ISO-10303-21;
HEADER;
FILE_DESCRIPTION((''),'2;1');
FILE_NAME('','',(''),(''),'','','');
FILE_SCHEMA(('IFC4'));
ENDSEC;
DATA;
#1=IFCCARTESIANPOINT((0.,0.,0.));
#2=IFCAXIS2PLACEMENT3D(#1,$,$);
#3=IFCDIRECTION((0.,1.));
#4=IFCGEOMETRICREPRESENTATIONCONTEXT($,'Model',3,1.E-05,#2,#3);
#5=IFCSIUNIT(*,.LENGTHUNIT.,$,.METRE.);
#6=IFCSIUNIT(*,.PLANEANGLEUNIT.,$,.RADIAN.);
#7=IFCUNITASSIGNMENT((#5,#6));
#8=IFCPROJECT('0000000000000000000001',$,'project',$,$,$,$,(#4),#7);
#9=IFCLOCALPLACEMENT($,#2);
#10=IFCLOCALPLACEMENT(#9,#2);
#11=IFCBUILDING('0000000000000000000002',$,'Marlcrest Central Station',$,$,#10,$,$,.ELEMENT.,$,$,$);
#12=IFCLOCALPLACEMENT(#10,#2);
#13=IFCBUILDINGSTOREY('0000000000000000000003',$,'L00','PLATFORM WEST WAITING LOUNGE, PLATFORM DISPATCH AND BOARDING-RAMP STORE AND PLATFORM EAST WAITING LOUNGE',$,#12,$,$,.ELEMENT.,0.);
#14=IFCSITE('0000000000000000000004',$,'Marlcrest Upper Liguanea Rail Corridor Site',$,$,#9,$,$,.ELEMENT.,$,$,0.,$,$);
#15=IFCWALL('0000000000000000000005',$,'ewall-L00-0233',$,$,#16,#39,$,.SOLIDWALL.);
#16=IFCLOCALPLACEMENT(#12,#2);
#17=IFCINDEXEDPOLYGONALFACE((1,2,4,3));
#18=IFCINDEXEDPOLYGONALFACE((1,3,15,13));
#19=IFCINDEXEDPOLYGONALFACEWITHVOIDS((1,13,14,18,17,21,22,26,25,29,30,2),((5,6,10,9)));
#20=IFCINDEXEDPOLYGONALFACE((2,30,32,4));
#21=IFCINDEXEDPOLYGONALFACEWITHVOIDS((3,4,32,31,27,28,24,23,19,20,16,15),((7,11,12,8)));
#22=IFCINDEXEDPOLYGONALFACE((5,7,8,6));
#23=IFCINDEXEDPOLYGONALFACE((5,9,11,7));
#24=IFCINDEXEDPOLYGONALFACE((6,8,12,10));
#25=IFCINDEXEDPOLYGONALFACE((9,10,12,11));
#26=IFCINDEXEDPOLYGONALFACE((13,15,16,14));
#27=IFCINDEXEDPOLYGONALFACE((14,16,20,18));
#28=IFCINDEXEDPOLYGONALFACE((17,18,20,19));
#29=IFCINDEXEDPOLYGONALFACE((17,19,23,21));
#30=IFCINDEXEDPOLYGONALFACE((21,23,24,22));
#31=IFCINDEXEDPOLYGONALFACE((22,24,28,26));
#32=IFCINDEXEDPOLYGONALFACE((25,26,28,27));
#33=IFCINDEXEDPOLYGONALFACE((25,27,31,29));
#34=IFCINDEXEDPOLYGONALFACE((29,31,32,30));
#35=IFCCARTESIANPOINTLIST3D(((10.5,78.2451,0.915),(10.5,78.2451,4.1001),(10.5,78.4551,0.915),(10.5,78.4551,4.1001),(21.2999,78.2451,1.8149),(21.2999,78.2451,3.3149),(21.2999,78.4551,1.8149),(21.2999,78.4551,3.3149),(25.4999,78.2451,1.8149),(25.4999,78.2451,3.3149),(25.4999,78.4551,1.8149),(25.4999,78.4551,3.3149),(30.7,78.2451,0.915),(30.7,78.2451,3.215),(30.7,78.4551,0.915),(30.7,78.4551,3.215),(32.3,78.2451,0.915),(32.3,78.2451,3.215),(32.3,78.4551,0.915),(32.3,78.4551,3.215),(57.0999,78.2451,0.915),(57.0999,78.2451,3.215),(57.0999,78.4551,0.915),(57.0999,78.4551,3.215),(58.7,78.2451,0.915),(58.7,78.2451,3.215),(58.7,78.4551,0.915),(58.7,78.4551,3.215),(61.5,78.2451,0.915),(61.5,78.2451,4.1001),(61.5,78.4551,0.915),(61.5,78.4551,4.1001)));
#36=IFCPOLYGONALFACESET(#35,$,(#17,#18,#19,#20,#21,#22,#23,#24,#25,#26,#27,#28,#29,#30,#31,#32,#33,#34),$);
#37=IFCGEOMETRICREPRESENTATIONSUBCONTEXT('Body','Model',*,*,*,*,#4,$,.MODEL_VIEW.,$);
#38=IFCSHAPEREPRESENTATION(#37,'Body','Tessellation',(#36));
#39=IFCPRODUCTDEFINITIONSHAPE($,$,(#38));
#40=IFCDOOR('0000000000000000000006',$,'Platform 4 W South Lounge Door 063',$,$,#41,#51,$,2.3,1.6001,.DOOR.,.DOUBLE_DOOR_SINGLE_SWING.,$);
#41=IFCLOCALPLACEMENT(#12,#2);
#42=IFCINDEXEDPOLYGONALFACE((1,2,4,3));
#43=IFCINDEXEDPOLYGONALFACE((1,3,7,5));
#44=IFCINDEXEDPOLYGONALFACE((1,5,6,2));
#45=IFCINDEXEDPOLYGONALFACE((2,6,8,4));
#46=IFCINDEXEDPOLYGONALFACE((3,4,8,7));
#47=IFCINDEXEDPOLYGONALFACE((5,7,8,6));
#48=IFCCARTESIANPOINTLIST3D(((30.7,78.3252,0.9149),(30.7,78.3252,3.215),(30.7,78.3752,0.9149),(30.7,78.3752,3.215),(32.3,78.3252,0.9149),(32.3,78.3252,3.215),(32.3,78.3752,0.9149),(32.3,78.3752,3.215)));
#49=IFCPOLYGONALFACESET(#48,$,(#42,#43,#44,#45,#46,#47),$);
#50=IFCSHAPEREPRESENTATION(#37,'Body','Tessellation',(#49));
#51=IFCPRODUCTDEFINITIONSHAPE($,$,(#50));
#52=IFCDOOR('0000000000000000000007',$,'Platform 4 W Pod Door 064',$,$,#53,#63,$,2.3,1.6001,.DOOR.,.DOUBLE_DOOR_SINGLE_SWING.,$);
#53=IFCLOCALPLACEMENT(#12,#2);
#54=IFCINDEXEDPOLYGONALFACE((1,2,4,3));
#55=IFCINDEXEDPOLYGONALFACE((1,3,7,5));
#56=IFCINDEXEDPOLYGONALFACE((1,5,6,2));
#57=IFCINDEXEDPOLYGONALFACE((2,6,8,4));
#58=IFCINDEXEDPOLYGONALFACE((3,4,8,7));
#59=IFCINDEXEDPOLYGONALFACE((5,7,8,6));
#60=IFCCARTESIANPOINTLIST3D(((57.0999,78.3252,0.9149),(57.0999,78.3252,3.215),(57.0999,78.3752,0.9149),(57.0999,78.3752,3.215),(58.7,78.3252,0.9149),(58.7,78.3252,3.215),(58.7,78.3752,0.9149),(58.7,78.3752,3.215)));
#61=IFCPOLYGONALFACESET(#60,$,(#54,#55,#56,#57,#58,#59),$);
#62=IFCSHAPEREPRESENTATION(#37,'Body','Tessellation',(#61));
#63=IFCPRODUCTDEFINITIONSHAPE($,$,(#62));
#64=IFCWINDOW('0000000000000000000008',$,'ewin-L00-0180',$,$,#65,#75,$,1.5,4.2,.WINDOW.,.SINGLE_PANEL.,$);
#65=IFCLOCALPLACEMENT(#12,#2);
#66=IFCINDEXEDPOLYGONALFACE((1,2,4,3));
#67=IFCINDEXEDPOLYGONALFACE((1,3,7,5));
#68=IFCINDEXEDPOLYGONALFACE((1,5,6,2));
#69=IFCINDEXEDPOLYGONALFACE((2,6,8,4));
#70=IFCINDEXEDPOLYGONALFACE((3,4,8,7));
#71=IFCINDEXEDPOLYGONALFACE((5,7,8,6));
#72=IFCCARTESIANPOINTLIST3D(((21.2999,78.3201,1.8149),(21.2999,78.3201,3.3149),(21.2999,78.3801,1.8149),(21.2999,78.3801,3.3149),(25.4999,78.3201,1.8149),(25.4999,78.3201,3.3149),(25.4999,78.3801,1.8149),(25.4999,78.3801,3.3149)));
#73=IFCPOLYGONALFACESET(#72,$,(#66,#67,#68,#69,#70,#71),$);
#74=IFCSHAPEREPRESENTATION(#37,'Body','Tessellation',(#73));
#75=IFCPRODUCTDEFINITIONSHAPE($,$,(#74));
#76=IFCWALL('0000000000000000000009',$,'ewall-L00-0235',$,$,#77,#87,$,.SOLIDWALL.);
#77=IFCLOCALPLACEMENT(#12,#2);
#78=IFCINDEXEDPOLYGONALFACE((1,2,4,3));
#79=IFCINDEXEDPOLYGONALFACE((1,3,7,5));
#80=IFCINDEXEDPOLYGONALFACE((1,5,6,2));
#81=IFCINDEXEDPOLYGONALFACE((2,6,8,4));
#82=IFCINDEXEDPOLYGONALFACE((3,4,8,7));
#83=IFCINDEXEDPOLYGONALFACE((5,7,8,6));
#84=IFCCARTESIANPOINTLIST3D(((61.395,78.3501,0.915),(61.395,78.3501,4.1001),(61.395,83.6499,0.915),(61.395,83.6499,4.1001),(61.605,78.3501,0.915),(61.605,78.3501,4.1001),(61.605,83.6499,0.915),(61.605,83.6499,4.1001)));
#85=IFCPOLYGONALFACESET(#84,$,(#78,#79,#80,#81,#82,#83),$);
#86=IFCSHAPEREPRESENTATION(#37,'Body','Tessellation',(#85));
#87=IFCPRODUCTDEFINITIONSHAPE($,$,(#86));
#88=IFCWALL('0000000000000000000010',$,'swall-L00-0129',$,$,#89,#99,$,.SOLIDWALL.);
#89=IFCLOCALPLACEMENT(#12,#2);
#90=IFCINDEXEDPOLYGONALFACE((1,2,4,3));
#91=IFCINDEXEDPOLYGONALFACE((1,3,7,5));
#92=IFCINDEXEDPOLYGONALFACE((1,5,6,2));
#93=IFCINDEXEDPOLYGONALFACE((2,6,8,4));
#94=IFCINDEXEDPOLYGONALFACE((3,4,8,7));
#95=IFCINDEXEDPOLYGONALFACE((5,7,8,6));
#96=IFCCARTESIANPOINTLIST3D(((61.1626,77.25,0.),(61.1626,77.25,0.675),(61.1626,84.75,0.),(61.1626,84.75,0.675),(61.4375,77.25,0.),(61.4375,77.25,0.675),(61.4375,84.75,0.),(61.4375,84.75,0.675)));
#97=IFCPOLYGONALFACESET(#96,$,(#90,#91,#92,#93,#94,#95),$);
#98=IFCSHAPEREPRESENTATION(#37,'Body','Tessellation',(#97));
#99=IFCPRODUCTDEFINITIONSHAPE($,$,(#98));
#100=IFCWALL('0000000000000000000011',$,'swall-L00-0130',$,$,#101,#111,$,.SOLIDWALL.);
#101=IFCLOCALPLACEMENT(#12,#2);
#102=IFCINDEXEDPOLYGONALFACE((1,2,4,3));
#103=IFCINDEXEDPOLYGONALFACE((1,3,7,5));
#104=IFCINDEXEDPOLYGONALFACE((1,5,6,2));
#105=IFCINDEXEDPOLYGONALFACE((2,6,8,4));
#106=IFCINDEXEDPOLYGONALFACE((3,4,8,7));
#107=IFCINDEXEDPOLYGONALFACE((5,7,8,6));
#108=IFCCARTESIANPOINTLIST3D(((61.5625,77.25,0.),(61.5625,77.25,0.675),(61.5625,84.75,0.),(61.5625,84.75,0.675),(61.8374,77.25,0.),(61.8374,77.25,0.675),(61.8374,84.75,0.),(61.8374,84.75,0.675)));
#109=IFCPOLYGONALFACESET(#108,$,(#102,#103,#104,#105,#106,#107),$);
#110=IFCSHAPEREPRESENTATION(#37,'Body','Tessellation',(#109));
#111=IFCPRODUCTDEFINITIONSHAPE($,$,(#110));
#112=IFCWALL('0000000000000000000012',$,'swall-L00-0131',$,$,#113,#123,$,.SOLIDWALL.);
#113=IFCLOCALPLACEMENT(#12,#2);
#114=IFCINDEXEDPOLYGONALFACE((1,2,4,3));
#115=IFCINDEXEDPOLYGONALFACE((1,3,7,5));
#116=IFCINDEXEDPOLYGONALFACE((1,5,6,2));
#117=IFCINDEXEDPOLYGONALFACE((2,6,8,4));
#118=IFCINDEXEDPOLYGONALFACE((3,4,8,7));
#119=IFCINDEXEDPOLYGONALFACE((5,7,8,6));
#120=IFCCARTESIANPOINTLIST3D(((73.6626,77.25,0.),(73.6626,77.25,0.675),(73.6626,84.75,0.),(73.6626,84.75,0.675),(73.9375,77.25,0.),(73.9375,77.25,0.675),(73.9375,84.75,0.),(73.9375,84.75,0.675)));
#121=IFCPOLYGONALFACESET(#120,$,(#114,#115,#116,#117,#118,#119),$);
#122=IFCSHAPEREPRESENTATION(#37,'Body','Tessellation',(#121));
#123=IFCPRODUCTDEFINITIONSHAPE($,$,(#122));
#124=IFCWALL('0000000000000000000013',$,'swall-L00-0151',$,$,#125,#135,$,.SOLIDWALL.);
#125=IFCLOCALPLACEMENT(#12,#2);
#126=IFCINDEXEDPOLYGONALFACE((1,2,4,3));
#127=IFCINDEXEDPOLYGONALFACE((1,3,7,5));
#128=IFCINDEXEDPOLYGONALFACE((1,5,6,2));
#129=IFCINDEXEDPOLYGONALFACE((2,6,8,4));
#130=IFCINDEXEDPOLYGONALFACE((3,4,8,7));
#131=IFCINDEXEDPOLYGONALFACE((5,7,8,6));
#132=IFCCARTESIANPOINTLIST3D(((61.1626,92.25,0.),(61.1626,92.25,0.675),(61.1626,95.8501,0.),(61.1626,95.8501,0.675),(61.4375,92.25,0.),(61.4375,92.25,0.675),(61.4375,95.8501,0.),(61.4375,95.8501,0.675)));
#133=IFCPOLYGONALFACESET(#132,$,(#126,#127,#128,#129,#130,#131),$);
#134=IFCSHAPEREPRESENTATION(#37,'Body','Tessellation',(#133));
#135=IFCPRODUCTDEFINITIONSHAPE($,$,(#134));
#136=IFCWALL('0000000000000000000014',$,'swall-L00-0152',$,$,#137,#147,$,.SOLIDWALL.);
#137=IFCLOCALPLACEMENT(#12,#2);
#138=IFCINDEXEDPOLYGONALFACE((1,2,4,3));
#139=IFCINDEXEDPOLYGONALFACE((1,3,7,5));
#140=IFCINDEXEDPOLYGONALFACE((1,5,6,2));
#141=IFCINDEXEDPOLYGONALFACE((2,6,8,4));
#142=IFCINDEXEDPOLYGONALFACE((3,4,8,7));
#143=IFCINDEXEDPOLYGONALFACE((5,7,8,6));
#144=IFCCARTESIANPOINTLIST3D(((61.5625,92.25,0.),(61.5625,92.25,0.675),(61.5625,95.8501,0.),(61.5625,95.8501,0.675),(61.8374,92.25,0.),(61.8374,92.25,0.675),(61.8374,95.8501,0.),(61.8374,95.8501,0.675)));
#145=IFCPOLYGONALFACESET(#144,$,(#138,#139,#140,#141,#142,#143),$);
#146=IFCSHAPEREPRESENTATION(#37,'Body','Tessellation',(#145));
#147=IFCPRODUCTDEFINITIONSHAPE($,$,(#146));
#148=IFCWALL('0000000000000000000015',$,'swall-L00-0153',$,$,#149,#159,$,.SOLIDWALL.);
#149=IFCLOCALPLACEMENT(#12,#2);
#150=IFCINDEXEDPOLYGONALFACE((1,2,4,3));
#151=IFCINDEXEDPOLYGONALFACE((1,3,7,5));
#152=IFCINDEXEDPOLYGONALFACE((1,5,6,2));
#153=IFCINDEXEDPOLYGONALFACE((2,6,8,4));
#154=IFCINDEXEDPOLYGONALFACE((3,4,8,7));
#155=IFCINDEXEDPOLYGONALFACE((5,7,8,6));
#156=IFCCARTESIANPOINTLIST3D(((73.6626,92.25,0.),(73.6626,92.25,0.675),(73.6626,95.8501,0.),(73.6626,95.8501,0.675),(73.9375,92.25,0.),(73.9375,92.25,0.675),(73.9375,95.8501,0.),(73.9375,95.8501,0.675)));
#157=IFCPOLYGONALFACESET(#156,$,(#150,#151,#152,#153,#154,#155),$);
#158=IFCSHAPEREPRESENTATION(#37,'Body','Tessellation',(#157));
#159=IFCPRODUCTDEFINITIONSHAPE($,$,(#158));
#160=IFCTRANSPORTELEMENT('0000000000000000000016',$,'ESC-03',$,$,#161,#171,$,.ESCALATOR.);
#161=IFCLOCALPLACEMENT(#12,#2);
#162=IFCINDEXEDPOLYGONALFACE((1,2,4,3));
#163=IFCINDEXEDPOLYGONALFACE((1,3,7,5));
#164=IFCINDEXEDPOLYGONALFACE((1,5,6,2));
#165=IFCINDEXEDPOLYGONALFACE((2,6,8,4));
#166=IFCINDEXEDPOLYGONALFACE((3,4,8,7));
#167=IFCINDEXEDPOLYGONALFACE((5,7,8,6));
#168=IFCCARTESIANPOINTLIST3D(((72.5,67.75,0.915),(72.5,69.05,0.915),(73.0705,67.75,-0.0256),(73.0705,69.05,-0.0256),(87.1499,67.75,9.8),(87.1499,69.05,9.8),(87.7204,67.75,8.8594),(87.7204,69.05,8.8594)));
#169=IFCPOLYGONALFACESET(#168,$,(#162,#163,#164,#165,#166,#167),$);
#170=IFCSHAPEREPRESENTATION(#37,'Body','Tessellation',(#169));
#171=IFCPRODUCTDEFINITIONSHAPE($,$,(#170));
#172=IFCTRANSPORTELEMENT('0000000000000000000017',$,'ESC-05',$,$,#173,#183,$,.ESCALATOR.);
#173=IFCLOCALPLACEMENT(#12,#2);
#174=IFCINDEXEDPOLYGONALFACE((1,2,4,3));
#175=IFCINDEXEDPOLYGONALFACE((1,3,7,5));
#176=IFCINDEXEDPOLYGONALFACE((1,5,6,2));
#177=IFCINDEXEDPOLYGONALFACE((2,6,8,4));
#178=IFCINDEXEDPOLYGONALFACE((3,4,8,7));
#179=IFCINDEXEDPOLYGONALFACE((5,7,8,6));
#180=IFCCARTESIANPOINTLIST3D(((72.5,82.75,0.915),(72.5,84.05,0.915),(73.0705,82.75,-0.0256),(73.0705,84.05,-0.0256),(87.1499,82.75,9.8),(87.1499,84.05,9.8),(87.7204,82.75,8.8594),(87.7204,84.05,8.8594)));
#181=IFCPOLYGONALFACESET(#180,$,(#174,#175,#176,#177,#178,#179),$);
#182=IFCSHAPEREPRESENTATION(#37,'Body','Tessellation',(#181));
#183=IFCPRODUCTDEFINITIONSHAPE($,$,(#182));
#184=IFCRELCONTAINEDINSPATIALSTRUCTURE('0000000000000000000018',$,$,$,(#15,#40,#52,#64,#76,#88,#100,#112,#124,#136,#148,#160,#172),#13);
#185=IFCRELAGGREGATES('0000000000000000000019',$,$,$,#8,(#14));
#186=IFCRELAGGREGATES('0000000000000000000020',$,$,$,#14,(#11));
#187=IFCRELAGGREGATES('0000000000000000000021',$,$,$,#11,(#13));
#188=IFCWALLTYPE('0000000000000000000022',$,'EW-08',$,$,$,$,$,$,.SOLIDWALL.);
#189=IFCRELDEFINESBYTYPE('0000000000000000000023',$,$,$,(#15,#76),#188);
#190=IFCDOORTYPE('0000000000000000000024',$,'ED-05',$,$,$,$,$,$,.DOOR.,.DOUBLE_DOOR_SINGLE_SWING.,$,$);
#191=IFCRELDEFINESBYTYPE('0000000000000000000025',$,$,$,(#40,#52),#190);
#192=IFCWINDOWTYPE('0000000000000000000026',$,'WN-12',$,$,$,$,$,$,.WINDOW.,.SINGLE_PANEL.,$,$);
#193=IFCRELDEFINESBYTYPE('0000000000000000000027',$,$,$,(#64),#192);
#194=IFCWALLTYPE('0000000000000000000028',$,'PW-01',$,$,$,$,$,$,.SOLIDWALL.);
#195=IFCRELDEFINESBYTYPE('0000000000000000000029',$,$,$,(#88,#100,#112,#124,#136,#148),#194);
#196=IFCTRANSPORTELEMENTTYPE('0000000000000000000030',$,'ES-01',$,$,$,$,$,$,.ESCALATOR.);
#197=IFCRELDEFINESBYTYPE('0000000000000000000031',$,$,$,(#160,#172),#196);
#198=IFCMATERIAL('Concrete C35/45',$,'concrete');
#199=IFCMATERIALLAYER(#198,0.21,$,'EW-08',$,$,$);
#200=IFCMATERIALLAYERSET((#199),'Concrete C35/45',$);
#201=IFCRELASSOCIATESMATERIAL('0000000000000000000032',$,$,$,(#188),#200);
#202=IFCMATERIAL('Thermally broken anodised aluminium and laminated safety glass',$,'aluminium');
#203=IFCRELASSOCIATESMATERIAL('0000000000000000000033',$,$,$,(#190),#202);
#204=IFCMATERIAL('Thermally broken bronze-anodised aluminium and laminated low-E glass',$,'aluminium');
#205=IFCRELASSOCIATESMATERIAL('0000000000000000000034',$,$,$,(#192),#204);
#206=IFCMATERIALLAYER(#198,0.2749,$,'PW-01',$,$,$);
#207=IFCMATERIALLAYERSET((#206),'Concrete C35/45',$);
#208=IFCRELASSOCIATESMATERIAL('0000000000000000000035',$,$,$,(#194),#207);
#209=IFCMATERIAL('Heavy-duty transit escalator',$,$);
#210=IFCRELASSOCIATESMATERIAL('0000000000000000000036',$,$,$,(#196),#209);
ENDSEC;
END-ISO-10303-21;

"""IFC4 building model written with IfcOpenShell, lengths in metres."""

from ifc_helpers import new_model, si_unit, direction, frame, frame_2d, origin, place, context, subcontext, project, spatial, polyline, rectangle, outline, extrude, material, layer, layer_set, type_object, element, fill, save


model = new_model("IFC4")

# Units and contexts
model_context = context("Model", 3, precision=1e-05, world=origin(), true_north=direction((0.0, 1.0)))
body_context = subcontext(model_context, "Body", "Model", "MODEL_VIEW")
ifc_project = project(units=[si_unit("LENGTHUNIT", "METRE"), si_unit("PLANEANGLEUNIT", "RADIAN")], contexts=[model_context])

# Site, building, storey
site_placement = place(None, origin())
site = spatial("IfcSite", under=ifc_project, at=site_placement, Name="Marlcrest Upper Liguanea Rail Corridor Site", CompositionType="ELEMENT", RefElevation=0.0)
building_placement = place(site_placement, origin())
building = spatial("IfcBuilding", under=site, at=building_placement, Name="Marlcrest Central Station", CompositionType="ELEMENT")
storey_placement = place(building_placement, origin())
storey = spatial("IfcBuildingStorey", under=building, at=storey_placement, Name="L00", Description="PLATFORM WEST WAITING LOUNGE, PLATFORM DISPATCH AND BOARDING-RAMP STORE AND PLATFORM EAST WAITING LOUNGE", CompositionType="ELEMENT", Elevation=0.0)

# Shared definitions
ifc_material_1 = material(Name="Concrete C35/45", Category="concrete")

# Shared definitions
ifc_layer_1 = layer(ifc_material_1, 0.21, Name="EW-08")
ifc_layer_set_1 = layer_set([ifc_layer_1], Name="Concrete C35/45")
wall_type_1 = type_object("IfcWallType", Name="EW-08", PredefinedType="SOLIDWALL", material=ifc_layer_set_1)

# Wall, openings, doors, window
wall_1_placement = place(storey_placement, frame((61.5, 78.3501, 0.915), z_axis=(0.0, 0.0, 1.0), x_axis=(-1.0, 0.0, 0.0)))
wall_1 = element("IfcWall", 1, at=wall_1_placement, inside=storey, type_object=wall_type_1, Name="ewall-L00-0233", PredefinedType="SOLIDWALL", context=body_context, shape_type="SweptSolid", body=[
    extrude(rectangle(XDim=51.0, YDim=0.21, at=frame_2d((25.5, 0.0))), origin(), (0.0, 0.0, 1.0), 3.1851),
])
opening_1_placement = place(wall_1_placement, frame((29.2, 0.0, 0.0)))
opening_1 = element("IfcOpeningElement", 2, at=opening_1_placement, cuts=wall_1, PredefinedType="OPENING", context=body_context, shape_type="SweptSolid", body=[
    extrude(rectangle(XDim=1.6001, YDim=2.3, at=frame_2d((0.8, 1.1499))), frame((0.0, 0.115, 0.0), z_axis=(0.0, -1.0, 0.0), x_axis=(1.0, 0.0, 0.0)), (0.0, 0.0, 1.0), 0.23),
])
opening_2_placement = place(wall_1_placement, frame((2.8, 0.0, 0.0)))
opening_2 = element("IfcOpeningElement", 3, at=opening_2_placement, cuts=wall_1, PredefinedType="OPENING", context=body_context, shape_type="SweptSolid", body=[
    extrude(rectangle(XDim=1.6001, YDim=2.3, at=frame_2d((0.8, 1.1499))), frame((0.0, 0.115, 0.0), z_axis=(0.0, -1.0, 0.0), x_axis=(1.0, 0.0, 0.0)), (0.0, 0.0, 1.0), 0.23),
])
opening_3_placement = place(wall_1_placement, frame((36.0, 0.0, 0.8999)))
opening_3 = element("IfcOpeningElement", 4, at=opening_3_placement, cuts=wall_1, PredefinedType="OPENING", context=body_context, shape_type="SweptSolid", body=[
    extrude(rectangle(XDim=4.2, YDim=1.5, at=frame_2d((2.1001, 0.75))), frame((0.0, 0.115, 0.0), z_axis=(0.0, -1.0, 0.0), x_axis=(1.0, 0.0, 0.0)), (0.0, 0.0, 1.0), 0.23),
])
ifc_material_2 = material(Name="Thermally broken anodised aluminium and laminated safety glass", Category="aluminium")
door_type = type_object("IfcDoorType", Name="ED-05", OperationType="DOUBLE_DOOR_SINGLE_SWING", PredefinedType="DOOR", material=ifc_material_2)
door_1_placement = place(opening_1_placement, origin())
door_1 = element("IfcDoor", 5, at=door_1_placement, inside=storey, type_object=door_type, Name="Platform 4 W South Lounge Door 063", OperationType="DOUBLE_DOOR_SINGLE_SWING", OverallHeight=2.3, OverallWidth=1.6001, PredefinedType="DOOR", context=body_context, shape_type="SweptSolid", body=[
    extrude(rectangle(XDim=1.6001, YDim=2.3, at=frame_2d((0.8, 1.1499))), frame((0.0, 0.0249, 0.0), z_axis=(0.0, -1.0, 0.0), x_axis=(1.0, 0.0, 0.0)), (0.0, 0.0, 1.0), 0.05),
])
fill(opening_1, door_1)
door_2_placement = place(opening_2_placement, origin())
door_2 = element("IfcDoor", 6, at=door_2_placement, inside=storey, type_object=door_type, Name="Platform 4 W Pod Door 064", OperationType="DOUBLE_DOOR_SINGLE_SWING", OverallHeight=2.3, OverallWidth=1.6001, PredefinedType="DOOR", context=body_context, shape_type="SweptSolid", body=[
    extrude(rectangle(XDim=1.6001, YDim=2.3, at=frame_2d((0.8, 1.1499))), frame((0.0, 0.0249, 0.0), z_axis=(0.0, -1.0, 0.0), x_axis=(1.0, 0.0, 0.0)), (0.0, 0.0, 1.0), 0.05),
])
fill(opening_2, door_2)
ifc_material_3 = material(Name="Thermally broken bronze-anodised aluminium and laminated low-E glass", Category="aluminium")
window_type = type_object("IfcWindowType", Name="WN-12", PartitioningType="SINGLE_PANEL", PredefinedType="WINDOW", material=ifc_material_3)
window_placement = place(opening_3_placement, origin())
window = element("IfcWindow", 7, at=window_placement, inside=storey, type_object=window_type, Name="ewin-L00-0180", OverallHeight=1.5, OverallWidth=4.2, PartitioningType="SINGLE_PANEL", PredefinedType="WINDOW", context=body_context, shape_type="SweptSolid", body=[
    extrude(rectangle(XDim=4.2, YDim=1.5, at=frame_2d((2.1001, 0.75))), frame((0.0, 0.03, 0.0), z_axis=(0.0, -1.0, 0.0), x_axis=(1.0, 0.0, 0.0)), (0.0, 0.0, 1.0), 0.0601),
])
fill(opening_3, window)

# Walls
wall_2_placement = place(storey_placement, frame((61.5, 83.6499, 0.915), z_axis=(0.0, 0.0, 1.0), x_axis=(0.0, -1.0, 0.0)))
element("IfcWall", 8, at=wall_2_placement, inside=storey, type_object=wall_type_1, Name="ewall-L00-0235", PredefinedType="SOLIDWALL", context=body_context, shape_type="SweptSolid", body=[
    extrude(rectangle(XDim=5.2998, YDim=0.21, at=frame_2d((2.6499, 0.0))), origin(), (0.0, 0.0, 1.0), 3.1851),
])
ifc_layer_2 = layer(ifc_material_1, 0.2749, Name="PW-01")
ifc_layer_set_2 = layer_set([ifc_layer_2], Name="Concrete C35/45")
wall_type_2 = type_object("IfcWallType", Name="PW-01", PredefinedType="SOLIDWALL", material=ifc_layer_set_2)
for number, where, z_axis, x_axis, name in (
    (9, (61.3, 77.25, 0.0), (0.0, 0.0, 1.0), (0.0, 1.0, 0.0), "swall-L00-0129"),
    (10, (61.7, 77.25, 0.0), (0.0, 0.0, 1.0), (0.0, 1.0, 0.0), "swall-L00-0130"),
    (11, (73.8, 77.25, 0.0), (0.0, 0.0, 1.0), (0.0, 1.0, 0.0), "swall-L00-0131"),
):
    element("IfcWall", number, at=place(storey_placement, frame(where, z_axis=z_axis, x_axis=x_axis)), inside=storey, type_object=wall_type_2, Name=name, PredefinedType="SOLIDWALL", context=body_context, shape_type="SweptSolid", body=[
        extrude(rectangle(XDim=7.5, YDim=0.2749, at=frame_2d((3.75, 0.0))), origin(), (0.0, 0.0, 1.0), 0.675),
    ])
for number, where, z_axis, x_axis, name in (
    (12, (61.3, 92.25, 0.0), (0.0, 0.0, 1.0), (0.0, 1.0, 0.0), "swall-L00-0151"),
    (13, (61.7, 92.25, 0.0), (0.0, 0.0, 1.0), (0.0, 1.0, 0.0), "swall-L00-0152"),
    (14, (73.8, 92.25, 0.0), (0.0, 0.0, 1.0), (0.0, 1.0, 0.0), "swall-L00-0153"),
):
    element("IfcWall", number, at=place(storey_placement, frame(where, z_axis=z_axis, x_axis=x_axis)), inside=storey, type_object=wall_type_2, Name=name, PredefinedType="SOLIDWALL", context=body_context, shape_type="SweptSolid", body=[
        extrude(rectangle(XDim=3.6001, YDim=0.2749, at=frame_2d((1.8, 0.0))), origin(), (0.0, 0.0, 1.0), 0.675),
    ])

# Transport elements
ifc_material_4 = material(Name="Heavy-duty transit escalator")
transport_element_type = type_object("IfcTransportElementType", Name="ES-01", PredefinedType="ESCALATOR", material=ifc_material_4)
for number, where, z_axis, x_axis, name in (
    (15, (72.5, 67.75, 0.915), (-0.51857, 0.0, 0.855035), (0.855035, 0.0, 0.51857), "ESC-03"),
    (16, (72.5, 82.75, 0.915), (-0.51857, 0.0, 0.855035), (0.855035, 0.0, 0.51857), "ESC-05"),
):
    element("IfcTransportElement", number, at=place(storey_placement, frame(where, z_axis=z_axis, x_axis=x_axis)), inside=storey, type_object=transport_element_type, Name=name, PredefinedType="ESCALATOR", context=body_context, shape_type="SweptSolid", body=[
        extrude(outline(polyline([(0.0, 0.0), (17.1337, 0.0), (17.1337, 1.3), (0.0, 1.3), (0.0, 0.0)])), origin(), (0.0, 0.0, -1.0), 1.1001),
    ])

save(model, "model.ifc")
